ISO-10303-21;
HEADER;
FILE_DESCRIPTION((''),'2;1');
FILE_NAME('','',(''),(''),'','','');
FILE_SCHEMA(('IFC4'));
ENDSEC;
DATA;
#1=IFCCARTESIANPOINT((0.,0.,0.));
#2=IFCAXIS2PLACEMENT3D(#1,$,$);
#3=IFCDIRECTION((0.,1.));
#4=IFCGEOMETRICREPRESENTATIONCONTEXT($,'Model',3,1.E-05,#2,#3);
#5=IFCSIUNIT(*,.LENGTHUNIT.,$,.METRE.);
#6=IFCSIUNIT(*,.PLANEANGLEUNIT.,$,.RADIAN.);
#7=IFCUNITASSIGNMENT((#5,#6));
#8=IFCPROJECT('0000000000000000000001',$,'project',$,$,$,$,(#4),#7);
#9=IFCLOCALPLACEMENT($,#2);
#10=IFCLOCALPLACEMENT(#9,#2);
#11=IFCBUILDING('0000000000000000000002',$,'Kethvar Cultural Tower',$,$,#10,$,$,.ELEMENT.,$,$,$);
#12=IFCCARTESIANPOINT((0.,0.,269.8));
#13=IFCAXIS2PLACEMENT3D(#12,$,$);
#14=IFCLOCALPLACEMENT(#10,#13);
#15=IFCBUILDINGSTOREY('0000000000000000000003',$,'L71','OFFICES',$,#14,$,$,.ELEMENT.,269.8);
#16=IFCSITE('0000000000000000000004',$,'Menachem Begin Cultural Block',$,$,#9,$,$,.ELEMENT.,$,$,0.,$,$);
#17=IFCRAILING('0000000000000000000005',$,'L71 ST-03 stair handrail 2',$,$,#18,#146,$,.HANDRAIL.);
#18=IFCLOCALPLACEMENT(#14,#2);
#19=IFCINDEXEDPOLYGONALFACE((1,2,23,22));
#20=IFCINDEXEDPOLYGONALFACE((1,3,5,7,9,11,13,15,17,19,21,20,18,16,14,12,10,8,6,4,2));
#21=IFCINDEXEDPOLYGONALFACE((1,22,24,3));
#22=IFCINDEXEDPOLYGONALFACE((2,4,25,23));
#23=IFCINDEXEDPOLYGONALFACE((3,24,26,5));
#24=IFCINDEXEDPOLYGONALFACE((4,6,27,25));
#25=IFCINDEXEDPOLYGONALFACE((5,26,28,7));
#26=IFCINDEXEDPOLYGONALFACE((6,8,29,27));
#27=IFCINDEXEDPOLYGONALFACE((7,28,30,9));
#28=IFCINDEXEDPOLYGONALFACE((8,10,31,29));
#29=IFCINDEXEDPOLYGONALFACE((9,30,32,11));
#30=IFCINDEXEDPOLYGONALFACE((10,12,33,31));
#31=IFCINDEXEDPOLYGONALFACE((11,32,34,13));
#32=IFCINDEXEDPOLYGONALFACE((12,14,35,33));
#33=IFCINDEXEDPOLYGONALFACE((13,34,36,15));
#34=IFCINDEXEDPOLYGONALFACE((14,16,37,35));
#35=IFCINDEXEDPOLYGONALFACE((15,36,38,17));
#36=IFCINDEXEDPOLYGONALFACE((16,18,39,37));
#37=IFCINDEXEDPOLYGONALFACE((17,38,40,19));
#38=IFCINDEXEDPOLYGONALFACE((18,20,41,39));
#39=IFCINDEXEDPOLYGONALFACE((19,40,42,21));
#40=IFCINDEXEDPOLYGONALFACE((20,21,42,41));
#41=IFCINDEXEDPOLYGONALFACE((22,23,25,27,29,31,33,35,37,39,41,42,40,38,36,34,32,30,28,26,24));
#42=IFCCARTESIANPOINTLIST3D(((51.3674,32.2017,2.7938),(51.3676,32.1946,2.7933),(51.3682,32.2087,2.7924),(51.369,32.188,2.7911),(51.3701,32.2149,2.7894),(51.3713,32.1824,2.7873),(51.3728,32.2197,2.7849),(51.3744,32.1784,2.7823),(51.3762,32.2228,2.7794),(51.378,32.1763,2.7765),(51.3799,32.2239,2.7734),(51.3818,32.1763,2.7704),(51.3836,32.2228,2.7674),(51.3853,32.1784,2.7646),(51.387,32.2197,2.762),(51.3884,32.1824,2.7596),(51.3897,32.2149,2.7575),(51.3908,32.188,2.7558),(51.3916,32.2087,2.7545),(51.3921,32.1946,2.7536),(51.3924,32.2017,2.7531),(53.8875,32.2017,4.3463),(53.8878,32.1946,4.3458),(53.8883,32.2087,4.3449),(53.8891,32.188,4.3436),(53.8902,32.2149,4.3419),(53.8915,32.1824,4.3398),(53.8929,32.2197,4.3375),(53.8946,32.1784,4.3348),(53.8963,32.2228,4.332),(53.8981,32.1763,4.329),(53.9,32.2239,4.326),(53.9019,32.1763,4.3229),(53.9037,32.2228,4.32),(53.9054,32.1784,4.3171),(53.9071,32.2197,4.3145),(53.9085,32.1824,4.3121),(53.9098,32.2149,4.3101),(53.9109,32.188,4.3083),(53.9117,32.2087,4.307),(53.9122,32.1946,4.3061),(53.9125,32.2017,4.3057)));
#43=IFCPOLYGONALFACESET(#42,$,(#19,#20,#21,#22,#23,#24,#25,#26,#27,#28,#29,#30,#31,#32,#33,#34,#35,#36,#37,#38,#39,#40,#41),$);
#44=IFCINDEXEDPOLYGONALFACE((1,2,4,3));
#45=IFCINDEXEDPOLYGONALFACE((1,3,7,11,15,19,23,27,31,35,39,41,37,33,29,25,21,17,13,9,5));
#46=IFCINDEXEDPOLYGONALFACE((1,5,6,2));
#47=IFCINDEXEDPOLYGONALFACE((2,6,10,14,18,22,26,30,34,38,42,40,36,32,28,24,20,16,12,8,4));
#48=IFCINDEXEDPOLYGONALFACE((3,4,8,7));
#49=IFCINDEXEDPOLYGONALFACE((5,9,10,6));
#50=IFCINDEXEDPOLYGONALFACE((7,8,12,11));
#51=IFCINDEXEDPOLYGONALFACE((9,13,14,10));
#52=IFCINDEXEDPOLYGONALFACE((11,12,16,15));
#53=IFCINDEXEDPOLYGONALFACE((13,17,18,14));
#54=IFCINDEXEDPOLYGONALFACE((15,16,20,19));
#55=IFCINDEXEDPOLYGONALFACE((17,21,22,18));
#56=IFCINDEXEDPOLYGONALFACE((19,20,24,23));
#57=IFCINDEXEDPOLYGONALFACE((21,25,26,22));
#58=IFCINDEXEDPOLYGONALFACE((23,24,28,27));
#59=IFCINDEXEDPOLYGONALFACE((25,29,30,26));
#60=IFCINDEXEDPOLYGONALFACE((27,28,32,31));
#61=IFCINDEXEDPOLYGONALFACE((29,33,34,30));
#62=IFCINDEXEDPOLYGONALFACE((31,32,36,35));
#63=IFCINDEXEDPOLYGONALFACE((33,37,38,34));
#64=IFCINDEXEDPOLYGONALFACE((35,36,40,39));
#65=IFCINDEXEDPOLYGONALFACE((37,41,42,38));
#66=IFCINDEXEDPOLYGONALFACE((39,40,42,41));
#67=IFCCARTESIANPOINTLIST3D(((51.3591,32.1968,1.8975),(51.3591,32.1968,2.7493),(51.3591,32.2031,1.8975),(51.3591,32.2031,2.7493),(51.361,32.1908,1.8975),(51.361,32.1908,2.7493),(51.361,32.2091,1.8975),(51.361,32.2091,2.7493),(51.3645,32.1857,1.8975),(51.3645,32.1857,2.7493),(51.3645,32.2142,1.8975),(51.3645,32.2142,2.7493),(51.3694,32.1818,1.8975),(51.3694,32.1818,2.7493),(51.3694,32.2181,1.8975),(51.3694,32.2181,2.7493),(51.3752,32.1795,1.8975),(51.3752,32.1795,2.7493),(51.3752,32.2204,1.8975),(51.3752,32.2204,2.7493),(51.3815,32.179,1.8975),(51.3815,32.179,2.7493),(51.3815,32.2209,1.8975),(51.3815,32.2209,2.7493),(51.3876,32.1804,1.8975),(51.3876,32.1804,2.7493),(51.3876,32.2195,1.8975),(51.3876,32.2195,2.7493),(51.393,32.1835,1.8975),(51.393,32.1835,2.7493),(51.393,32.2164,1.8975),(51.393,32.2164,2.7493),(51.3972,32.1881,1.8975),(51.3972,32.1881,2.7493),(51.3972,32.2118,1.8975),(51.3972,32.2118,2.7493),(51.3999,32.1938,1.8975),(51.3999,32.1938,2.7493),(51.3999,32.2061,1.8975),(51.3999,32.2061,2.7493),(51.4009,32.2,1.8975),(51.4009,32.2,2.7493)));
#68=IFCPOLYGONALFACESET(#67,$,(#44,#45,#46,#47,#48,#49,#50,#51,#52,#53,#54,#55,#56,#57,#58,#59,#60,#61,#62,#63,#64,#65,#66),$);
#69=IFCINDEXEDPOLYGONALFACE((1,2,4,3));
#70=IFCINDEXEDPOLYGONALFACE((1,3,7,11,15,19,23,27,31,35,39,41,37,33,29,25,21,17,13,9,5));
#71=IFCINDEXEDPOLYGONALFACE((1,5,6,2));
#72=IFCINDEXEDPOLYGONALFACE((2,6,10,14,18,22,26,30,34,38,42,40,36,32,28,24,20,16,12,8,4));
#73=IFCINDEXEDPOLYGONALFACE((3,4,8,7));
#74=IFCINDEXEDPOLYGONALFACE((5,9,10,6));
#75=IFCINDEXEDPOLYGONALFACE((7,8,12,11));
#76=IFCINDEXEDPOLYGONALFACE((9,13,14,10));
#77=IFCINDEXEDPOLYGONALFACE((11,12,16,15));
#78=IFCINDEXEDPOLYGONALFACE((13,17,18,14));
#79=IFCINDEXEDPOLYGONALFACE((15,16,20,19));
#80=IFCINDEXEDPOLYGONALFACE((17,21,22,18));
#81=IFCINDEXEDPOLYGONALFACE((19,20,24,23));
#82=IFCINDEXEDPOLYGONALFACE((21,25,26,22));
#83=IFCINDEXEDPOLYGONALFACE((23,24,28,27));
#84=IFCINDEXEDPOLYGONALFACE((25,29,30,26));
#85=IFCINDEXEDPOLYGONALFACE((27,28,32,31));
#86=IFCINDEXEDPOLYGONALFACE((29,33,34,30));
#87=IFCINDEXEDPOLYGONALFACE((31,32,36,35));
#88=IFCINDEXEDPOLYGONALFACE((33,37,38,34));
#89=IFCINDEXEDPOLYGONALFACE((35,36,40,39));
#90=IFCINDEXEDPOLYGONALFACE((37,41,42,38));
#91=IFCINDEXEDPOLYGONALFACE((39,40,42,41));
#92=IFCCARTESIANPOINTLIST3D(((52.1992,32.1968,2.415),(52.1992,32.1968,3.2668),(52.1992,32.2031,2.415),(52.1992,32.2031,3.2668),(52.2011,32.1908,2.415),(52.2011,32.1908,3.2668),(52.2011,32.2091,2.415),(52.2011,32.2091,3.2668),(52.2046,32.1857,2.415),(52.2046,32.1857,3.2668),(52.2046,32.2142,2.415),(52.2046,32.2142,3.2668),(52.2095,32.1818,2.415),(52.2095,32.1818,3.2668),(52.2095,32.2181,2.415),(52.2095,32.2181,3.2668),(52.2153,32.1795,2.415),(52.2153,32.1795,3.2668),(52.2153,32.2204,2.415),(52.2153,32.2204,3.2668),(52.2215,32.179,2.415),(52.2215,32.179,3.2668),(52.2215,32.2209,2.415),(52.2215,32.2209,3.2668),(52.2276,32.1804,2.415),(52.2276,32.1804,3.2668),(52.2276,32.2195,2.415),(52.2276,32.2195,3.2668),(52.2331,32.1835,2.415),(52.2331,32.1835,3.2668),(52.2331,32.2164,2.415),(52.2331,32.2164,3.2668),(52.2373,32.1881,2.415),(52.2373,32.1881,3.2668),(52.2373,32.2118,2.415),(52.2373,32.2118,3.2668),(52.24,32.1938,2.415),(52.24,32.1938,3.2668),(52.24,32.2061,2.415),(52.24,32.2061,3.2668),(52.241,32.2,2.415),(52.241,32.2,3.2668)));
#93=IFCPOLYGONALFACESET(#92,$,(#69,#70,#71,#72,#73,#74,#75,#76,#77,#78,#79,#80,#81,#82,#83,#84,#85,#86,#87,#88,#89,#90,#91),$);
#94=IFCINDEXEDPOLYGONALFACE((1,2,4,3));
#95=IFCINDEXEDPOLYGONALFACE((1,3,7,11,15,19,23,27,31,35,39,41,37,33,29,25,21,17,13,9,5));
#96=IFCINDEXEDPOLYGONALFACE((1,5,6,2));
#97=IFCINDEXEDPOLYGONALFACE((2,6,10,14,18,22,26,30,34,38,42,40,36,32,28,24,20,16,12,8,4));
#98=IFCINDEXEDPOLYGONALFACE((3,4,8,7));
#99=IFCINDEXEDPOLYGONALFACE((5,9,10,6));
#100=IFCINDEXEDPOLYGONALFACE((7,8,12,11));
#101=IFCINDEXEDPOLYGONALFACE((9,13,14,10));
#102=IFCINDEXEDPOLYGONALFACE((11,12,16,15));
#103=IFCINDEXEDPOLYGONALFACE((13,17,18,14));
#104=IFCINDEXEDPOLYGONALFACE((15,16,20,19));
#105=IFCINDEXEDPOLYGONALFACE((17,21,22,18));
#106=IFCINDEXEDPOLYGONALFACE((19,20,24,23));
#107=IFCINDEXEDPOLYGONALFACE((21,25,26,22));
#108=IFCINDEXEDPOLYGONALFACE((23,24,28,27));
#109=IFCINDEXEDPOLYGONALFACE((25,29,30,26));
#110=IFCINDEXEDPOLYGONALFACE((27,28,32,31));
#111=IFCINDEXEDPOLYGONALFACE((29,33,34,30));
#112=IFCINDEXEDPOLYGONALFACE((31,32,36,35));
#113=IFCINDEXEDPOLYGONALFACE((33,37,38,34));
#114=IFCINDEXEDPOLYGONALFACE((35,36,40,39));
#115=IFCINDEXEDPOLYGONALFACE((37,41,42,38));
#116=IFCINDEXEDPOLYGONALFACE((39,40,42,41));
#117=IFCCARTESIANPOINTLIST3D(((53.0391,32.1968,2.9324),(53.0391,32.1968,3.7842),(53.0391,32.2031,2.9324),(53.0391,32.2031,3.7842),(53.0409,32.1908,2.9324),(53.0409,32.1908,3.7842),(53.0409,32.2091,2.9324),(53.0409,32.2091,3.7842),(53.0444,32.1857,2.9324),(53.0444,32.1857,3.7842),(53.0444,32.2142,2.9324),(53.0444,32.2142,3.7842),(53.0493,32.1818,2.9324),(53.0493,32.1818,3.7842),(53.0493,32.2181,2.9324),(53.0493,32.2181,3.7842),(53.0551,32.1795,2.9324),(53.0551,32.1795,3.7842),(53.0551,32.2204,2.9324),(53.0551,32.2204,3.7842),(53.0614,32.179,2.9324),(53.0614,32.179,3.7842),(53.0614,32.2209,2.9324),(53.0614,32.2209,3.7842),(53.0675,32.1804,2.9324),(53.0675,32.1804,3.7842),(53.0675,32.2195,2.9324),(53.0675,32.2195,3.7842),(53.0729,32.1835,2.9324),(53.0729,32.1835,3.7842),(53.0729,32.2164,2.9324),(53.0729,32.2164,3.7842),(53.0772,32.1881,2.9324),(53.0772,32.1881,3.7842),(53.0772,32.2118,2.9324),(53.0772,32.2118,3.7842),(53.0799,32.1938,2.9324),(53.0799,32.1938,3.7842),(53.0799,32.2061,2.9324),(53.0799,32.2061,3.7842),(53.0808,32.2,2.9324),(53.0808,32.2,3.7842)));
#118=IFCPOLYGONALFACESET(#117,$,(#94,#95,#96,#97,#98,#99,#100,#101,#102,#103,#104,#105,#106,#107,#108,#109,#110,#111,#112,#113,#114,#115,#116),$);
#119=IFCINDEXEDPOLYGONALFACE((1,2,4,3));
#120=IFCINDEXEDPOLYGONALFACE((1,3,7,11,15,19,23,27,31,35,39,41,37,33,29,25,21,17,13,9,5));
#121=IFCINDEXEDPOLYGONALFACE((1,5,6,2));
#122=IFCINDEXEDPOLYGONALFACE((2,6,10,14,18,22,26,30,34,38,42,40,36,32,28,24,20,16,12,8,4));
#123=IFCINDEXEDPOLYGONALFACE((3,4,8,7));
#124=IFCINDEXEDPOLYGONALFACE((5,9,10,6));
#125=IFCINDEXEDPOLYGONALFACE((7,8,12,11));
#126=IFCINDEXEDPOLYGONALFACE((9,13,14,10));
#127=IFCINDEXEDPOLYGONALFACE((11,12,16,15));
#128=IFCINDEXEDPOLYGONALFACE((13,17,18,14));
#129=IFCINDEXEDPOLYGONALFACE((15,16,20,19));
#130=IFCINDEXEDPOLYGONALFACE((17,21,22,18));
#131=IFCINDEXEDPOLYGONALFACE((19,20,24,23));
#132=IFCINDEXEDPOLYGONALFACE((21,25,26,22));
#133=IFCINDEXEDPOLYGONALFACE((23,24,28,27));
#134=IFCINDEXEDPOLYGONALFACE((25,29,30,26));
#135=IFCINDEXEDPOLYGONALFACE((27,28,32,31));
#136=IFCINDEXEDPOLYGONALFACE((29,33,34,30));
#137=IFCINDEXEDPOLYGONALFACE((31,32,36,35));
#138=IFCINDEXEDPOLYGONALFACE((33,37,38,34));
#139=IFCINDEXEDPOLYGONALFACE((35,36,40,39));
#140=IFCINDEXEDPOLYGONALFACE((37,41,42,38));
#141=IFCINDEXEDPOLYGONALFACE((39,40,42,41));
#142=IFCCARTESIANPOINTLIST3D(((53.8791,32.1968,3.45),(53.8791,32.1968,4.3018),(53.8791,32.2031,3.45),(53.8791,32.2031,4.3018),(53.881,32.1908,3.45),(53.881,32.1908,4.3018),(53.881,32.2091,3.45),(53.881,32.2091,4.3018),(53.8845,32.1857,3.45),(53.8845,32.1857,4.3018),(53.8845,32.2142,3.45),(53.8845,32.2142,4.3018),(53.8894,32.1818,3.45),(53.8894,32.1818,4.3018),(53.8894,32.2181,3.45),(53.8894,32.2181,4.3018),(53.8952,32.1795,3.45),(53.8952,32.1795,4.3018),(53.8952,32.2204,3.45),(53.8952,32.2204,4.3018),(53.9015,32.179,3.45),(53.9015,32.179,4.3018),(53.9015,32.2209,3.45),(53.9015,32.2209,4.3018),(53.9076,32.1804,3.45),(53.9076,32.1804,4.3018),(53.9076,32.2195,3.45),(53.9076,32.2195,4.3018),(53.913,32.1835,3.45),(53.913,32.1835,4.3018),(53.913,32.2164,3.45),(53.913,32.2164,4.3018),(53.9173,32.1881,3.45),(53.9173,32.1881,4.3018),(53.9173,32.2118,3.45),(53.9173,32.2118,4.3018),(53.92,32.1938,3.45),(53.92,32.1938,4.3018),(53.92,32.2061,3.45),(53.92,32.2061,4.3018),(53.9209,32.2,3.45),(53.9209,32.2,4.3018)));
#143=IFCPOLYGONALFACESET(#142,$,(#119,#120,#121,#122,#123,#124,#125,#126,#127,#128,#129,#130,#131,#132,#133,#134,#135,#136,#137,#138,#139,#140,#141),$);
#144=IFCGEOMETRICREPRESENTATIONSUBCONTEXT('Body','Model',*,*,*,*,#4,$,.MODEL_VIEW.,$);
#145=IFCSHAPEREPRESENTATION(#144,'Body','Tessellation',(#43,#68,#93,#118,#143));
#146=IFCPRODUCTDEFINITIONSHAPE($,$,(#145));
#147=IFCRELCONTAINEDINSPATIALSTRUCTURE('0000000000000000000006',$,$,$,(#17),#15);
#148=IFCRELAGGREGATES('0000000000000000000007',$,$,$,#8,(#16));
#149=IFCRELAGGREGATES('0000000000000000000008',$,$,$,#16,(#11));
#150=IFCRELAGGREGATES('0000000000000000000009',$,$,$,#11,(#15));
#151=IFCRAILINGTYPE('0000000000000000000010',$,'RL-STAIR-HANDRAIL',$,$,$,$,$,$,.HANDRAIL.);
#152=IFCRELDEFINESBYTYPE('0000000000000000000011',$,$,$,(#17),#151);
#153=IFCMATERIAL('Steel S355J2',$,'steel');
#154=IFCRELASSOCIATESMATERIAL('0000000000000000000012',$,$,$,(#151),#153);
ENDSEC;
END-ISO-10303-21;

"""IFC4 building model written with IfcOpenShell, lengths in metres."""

from ifc_helpers import new_model, si_unit, direction, frame, origin, origin_2d, place, context, subcontext, project, spatial, circle, extrude, material, type_object, element, save


model = new_model("IFC4")

# Units and contexts
model_context = context("Model", 3, precision=1e-05, world=origin(), true_north=direction((0.0, 1.0)))
body_context = subcontext(model_context, "Body", "Model", "MODEL_VIEW")
ifc_project = project(units=[si_unit("LENGTHUNIT", "METRE"), si_unit("PLANEANGLEUNIT", "RADIAN")], contexts=[model_context])

# Site, building, storey
site_placement = place(None, origin())
site = spatial("IfcSite", under=ifc_project, at=site_placement, Name="Menachem Begin Cultural Block", CompositionType="ELEMENT", RefElevation=0.0)
building_placement = place(site_placement, origin())
building = spatial("IfcBuilding", under=site, at=building_placement, Name="Kethvar Cultural Tower", CompositionType="ELEMENT")
storey_placement = place(building_placement, frame((0.0, 0.0, 269.8)))
storey = spatial("IfcBuildingStorey", under=building, at=storey_placement, Name="L71", Description="OFFICES", CompositionType="ELEMENT", Elevation=269.8)

# Shared definitions
ifc_material_1 = material(Name="Steel S355J2", Category="steel")

# Railing
railing_type_1 = type_object("IfcRailingType", Name="RL-STAIR-HANDRAIL", PredefinedType="HANDRAIL", material=ifc_material_1)
railing_1_placement = place(storey_placement, frame((51.3799, 32.2, 1.8975)))
element("IfcRailing", 1, at=railing_1_placement, inside=storey, type_object=railing_type_1, Name="L71 ST-03 stair handrail 2", PredefinedType="HANDRAIL", context=body_context, shape_type="SweptSolid", body=[
    extrude(circle(Radius=0.0239, at=origin_2d()), frame((0.0, 0.0, 0.876), z_axis=(0.8514, 0.0, 0.524516), x_axis=(0.0, 1.0, 0.0)), (0.0, 0.0, 1.0), 2.96),
    extrude(circle(Radius=0.021, at=origin_2d()), origin(), (0.0, 0.0, 1.0), 0.8518),
    extrude(circle(Radius=0.021, at=origin_2d()), frame((0.8401, 0.0, 0.5176)), (0.0, 0.0, 1.0), 0.8518),
    extrude(circle(Radius=0.021, at=origin_2d()), frame((1.6799, 0.0, 1.0349)), (0.0, 0.0, 1.0), 0.8518),
    extrude(circle(Radius=0.021, at=origin_2d()), frame((2.52, 0.0, 1.5525)), (0.0, 0.0, 1.0), 0.8518),
])

save(model, "model.ifc")
